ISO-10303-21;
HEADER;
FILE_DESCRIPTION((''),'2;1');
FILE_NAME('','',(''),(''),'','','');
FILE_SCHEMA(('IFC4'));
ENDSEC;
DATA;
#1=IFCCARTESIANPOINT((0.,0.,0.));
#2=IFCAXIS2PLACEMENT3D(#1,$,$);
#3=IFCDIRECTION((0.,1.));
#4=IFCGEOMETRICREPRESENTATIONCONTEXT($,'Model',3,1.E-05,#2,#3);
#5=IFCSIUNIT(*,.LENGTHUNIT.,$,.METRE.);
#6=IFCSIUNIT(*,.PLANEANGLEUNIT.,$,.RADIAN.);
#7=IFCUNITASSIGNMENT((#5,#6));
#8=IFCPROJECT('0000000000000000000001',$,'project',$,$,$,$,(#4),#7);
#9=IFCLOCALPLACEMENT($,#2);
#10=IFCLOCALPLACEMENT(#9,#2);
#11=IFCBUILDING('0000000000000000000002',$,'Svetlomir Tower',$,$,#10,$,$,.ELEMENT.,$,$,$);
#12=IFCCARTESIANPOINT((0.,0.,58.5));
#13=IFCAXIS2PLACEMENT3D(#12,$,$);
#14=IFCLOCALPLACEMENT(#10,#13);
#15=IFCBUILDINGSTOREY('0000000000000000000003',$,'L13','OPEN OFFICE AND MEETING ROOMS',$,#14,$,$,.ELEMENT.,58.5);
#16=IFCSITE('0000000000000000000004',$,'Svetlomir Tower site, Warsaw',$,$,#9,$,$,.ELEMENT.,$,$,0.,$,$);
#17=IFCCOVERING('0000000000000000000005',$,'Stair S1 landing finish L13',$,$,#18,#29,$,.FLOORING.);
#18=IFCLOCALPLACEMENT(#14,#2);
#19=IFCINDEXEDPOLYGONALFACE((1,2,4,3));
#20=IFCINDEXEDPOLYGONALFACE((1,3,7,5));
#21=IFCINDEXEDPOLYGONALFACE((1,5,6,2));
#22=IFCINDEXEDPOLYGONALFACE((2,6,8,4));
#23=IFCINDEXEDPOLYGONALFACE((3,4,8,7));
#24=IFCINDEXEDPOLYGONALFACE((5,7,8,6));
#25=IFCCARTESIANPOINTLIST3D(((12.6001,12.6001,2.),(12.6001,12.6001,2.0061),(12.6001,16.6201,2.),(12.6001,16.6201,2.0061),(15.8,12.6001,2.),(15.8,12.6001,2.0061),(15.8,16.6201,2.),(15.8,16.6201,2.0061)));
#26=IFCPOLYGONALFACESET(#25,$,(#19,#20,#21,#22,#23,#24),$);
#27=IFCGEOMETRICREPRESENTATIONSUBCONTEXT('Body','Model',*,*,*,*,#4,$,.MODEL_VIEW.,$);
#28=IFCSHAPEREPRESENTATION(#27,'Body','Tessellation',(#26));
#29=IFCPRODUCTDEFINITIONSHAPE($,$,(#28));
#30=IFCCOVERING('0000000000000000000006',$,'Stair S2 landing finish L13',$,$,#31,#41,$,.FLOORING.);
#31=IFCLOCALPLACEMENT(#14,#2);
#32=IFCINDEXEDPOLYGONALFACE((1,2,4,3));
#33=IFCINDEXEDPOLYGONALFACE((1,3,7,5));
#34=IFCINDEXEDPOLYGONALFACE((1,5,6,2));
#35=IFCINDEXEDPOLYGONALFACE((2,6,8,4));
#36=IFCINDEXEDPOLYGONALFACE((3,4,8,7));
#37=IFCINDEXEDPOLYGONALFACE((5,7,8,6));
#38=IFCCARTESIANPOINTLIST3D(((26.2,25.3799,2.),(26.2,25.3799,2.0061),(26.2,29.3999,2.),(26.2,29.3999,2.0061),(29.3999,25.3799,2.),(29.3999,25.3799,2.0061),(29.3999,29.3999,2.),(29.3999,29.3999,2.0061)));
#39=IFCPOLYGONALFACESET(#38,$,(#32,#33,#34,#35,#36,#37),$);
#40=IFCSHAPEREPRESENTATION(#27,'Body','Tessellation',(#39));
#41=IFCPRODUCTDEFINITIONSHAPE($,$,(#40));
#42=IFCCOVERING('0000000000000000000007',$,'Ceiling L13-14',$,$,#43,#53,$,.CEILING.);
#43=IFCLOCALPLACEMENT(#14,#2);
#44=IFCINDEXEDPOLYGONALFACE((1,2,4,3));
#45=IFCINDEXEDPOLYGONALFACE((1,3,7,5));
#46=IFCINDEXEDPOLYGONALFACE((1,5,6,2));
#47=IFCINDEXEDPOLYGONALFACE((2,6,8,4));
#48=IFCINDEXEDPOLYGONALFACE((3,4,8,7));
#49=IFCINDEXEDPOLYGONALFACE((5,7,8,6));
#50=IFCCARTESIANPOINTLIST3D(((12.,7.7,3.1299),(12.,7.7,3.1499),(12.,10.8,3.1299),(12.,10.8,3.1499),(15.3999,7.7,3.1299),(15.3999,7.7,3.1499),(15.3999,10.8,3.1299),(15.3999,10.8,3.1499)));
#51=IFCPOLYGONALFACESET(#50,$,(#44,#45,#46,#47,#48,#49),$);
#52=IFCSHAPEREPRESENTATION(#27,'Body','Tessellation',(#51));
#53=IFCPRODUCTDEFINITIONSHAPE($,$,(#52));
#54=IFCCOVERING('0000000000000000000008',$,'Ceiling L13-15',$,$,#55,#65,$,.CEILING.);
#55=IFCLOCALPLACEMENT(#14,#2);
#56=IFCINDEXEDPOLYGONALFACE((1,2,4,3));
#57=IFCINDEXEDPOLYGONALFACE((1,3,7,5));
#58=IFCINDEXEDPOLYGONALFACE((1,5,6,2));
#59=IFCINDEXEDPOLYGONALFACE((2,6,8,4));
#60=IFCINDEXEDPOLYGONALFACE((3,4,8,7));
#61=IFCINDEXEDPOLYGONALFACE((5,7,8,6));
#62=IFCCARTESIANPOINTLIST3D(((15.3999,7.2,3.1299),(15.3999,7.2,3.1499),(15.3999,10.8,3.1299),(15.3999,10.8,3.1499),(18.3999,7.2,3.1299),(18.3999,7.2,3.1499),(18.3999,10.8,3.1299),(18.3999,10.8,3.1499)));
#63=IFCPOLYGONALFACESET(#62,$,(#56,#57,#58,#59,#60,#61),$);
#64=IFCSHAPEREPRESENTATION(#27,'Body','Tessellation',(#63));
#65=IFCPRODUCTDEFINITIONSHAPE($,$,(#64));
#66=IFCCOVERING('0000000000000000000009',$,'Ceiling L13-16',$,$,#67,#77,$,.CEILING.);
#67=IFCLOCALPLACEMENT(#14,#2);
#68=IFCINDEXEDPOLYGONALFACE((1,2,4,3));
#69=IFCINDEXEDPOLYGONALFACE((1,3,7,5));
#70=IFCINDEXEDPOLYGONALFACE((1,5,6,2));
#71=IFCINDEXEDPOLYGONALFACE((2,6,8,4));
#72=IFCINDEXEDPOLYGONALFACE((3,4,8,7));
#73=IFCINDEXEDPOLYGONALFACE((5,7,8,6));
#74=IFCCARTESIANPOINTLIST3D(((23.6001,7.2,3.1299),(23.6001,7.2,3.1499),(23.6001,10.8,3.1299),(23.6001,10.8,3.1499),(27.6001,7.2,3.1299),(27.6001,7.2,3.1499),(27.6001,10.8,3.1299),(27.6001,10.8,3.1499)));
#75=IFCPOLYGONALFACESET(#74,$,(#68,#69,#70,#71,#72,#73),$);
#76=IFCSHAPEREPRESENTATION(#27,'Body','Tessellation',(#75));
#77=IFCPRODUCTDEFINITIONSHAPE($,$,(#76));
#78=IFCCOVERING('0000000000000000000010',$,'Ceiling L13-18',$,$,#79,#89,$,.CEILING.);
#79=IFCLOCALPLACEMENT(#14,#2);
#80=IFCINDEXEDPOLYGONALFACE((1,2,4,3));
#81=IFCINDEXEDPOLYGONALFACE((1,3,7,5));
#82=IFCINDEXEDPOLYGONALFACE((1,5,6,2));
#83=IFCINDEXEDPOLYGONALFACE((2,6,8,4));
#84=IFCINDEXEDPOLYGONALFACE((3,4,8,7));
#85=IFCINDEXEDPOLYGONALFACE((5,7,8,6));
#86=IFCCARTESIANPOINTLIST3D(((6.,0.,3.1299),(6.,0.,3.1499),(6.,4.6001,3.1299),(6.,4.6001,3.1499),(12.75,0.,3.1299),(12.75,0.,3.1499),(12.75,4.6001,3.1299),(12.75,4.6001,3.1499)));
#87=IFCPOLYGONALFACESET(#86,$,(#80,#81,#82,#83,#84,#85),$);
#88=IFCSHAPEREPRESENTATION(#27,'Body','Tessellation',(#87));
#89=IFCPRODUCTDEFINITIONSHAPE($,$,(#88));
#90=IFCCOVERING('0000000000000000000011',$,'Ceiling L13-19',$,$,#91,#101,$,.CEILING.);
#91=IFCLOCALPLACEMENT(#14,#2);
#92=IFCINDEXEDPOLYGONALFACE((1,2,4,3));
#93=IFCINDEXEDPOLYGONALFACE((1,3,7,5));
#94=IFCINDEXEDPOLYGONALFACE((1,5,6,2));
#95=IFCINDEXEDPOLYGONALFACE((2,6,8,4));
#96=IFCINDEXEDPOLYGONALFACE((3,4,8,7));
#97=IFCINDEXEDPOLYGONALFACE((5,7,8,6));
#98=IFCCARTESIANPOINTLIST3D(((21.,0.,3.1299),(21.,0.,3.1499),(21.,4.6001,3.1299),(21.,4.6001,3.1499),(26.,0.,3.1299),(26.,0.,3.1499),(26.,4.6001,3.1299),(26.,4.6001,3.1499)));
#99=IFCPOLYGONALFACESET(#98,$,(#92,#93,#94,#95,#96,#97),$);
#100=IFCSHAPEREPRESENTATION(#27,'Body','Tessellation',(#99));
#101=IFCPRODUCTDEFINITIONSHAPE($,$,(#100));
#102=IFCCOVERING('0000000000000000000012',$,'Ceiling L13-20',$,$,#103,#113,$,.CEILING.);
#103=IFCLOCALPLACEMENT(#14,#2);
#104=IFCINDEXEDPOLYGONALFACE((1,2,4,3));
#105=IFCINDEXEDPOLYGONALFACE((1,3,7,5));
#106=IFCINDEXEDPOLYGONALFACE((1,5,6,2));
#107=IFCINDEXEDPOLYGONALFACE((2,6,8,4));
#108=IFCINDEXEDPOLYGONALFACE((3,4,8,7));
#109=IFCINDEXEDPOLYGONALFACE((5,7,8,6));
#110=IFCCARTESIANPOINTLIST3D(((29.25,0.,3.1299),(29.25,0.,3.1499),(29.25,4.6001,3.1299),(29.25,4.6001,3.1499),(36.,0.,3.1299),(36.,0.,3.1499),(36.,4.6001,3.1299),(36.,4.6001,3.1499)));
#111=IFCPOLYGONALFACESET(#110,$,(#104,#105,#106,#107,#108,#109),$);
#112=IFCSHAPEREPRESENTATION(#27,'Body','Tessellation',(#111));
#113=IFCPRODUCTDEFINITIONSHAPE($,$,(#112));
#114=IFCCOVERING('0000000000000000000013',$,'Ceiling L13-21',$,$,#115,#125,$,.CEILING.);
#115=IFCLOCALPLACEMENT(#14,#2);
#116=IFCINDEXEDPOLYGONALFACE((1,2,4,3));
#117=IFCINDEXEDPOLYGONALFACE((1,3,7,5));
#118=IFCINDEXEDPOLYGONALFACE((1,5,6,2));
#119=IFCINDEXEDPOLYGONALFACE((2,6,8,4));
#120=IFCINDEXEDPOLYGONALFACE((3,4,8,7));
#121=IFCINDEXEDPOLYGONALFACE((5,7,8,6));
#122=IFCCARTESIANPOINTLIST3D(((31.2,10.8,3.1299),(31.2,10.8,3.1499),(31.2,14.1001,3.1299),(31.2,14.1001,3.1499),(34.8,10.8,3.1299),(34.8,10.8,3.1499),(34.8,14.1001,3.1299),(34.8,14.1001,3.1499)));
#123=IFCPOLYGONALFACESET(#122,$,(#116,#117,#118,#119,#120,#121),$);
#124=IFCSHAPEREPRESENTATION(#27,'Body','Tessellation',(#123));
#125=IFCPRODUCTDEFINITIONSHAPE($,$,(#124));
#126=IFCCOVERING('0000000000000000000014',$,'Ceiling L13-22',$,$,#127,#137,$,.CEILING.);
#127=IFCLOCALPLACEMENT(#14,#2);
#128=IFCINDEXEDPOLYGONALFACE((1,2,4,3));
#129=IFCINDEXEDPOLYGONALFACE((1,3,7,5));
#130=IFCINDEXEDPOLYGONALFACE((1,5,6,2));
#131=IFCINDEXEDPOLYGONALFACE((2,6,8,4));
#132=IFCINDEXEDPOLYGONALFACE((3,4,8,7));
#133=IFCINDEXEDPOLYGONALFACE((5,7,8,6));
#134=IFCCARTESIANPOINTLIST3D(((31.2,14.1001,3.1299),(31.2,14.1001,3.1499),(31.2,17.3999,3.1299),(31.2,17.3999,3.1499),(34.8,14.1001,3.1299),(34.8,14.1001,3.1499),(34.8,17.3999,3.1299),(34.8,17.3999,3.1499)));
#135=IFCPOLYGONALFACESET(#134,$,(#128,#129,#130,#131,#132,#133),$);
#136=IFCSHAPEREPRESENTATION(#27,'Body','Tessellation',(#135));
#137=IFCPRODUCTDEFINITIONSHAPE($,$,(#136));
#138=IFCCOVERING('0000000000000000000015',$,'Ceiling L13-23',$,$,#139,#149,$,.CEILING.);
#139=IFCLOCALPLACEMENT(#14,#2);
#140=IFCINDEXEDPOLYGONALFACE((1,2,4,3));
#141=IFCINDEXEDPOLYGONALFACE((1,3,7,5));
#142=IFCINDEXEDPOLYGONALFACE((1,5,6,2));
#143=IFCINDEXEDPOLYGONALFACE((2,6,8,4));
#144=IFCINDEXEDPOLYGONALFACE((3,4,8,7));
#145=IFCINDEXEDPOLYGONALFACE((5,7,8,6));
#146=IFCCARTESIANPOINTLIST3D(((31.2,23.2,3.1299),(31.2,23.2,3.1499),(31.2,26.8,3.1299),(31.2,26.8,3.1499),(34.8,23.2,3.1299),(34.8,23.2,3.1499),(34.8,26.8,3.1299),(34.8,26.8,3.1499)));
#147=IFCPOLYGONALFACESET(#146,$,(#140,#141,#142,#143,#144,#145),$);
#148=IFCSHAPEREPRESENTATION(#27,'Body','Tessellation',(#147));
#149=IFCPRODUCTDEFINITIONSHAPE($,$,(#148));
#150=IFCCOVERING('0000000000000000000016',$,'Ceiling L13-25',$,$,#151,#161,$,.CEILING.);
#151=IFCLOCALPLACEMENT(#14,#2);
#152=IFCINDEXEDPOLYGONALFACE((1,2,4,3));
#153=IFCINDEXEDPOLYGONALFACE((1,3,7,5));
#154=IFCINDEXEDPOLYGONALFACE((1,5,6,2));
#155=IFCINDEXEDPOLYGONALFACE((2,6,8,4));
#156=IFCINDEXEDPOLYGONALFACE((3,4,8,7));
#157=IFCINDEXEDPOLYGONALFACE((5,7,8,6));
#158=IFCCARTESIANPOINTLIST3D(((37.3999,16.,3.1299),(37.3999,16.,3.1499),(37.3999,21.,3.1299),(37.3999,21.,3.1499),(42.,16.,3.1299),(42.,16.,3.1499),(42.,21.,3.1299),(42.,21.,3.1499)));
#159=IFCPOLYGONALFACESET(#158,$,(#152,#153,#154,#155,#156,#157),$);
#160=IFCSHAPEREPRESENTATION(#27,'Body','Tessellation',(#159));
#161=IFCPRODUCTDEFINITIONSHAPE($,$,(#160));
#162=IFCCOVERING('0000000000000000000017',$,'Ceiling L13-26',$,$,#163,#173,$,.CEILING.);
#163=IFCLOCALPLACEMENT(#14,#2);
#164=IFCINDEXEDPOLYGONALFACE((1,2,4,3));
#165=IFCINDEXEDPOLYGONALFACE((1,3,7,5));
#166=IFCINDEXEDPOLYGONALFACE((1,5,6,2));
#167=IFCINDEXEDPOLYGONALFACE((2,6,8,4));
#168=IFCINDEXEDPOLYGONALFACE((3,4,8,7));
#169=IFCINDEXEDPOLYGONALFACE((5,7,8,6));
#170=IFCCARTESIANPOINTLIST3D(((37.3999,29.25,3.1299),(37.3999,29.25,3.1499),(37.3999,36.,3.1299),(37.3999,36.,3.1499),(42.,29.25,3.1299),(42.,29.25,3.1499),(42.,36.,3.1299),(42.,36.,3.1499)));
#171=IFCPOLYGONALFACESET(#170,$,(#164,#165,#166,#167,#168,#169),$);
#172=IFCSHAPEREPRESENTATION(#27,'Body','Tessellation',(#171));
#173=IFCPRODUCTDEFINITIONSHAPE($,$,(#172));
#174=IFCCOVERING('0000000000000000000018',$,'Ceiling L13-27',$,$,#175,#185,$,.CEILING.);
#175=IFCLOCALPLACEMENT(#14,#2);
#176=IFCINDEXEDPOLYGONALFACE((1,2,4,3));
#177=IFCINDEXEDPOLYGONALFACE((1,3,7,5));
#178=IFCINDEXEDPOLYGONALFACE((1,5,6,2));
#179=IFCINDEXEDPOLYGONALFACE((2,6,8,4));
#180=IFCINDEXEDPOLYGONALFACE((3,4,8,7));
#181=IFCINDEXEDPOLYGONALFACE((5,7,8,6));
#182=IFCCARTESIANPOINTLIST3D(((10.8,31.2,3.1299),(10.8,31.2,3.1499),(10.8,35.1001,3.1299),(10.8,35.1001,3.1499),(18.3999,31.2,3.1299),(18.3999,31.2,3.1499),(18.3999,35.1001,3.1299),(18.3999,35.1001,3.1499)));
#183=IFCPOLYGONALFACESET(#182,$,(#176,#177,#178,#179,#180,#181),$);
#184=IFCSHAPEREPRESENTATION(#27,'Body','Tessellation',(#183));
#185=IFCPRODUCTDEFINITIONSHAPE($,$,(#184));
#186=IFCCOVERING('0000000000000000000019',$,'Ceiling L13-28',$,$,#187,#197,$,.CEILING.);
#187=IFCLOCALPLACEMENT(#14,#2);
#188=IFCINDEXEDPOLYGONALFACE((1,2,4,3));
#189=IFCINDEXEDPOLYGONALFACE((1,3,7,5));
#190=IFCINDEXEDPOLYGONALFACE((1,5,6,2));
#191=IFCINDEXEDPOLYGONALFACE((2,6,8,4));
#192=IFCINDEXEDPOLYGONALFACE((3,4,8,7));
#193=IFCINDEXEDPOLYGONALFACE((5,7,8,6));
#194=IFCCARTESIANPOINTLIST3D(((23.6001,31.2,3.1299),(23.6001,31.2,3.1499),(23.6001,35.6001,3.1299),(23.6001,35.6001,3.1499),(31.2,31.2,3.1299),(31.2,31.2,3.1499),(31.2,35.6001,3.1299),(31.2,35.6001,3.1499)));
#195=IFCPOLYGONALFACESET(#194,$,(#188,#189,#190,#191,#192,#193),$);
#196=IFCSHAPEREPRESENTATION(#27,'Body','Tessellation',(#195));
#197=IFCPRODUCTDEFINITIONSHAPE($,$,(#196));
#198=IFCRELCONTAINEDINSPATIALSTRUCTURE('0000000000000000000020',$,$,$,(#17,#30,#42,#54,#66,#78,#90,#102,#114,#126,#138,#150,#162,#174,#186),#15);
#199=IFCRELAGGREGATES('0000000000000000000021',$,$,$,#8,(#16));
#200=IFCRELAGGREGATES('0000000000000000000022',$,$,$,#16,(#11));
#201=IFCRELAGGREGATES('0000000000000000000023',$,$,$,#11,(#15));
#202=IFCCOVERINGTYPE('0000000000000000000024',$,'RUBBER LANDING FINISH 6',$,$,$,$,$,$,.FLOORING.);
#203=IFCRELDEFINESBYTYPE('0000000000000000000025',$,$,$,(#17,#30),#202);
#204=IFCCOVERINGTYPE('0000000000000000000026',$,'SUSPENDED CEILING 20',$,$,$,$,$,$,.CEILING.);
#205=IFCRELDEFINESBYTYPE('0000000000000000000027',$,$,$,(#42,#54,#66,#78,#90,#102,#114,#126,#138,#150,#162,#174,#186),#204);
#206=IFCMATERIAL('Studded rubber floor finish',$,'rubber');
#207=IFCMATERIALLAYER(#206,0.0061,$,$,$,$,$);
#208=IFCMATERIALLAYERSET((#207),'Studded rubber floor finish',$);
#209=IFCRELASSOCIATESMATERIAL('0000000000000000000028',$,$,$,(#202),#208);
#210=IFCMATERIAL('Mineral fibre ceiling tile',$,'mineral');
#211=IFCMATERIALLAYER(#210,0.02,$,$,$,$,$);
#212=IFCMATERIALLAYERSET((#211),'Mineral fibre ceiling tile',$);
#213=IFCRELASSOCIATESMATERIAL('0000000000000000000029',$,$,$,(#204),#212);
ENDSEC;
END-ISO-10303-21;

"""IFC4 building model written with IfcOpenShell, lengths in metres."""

from ifc_helpers import new_model, si_unit, direction, frame, origin, place, context, subcontext, project, spatial, polyline, outline, extrude, material, layer, layer_set, type_object, element, save


model = new_model("IFC4")

# Units and contexts
model_context = context("Model", 3, precision=1e-05, world=origin(), true_north=direction((0.0, 1.0)))
body_context = subcontext(model_context, "Body", "Model", "MODEL_VIEW")
ifc_project = project(units=[si_unit("LENGTHUNIT", "METRE"), si_unit("PLANEANGLEUNIT", "RADIAN")], contexts=[model_context])

# Site, building, storey
site_placement = place(None, origin())
site = spatial("IfcSite", under=ifc_project, at=site_placement, Name="Svetlomir Tower site, Warsaw", CompositionType="ELEMENT", RefElevation=0.0)
building_placement = place(site_placement, origin())
building = spatial("IfcBuilding", under=site, at=building_placement, Name="Svetlomir Tower", CompositionType="ELEMENT")
storey_placement = place(building_placement, frame((0.0, 0.0, 58.5)))
storey = spatial("IfcBuildingStorey", under=building, at=storey_placement, Name="L13", Description="OPEN OFFICE AND MEETING ROOMS", CompositionType="ELEMENT", Elevation=58.5)

# Coverings
ifc_material_1 = material(Name="Studded rubber floor finish", Category="rubber")
ifc_layer_1 = layer(ifc_material_1, 0.0061)
ifc_layer_set_1 = layer_set([ifc_layer_1], Name="Studded rubber floor finish")
covering_type_1 = type_object("IfcCoveringType", Name="RUBBER LANDING FINISH 6", PredefinedType="FLOORING", material=ifc_layer_set_1)
covering_1_placement = place(storey_placement, frame((0.0, 0.0, 2.0)))
element("IfcCovering", 1, at=covering_1_placement, inside=storey, type_object=covering_type_1, Name="Stair S1 landing finish L13", PredefinedType="FLOORING", context=body_context, shape_type="SweptSolid", body=[
    extrude(outline(polyline([(12.6001, 12.6001), (15.8, 12.6001), (15.8, 16.6201), (12.6001, 16.6201), (12.6001, 12.6001)])), origin(), (0.0, 0.0, 1.0), 0.0061),
])
covering_2_placement = place(storey_placement, frame((0.0, 0.0, 2.0)))
element("IfcCovering", 2, at=covering_2_placement, inside=storey, type_object=covering_type_1, Name="Stair S2 landing finish L13", PredefinedType="FLOORING", context=body_context, shape_type="SweptSolid", body=[
    extrude(outline(polyline([(26.2, 25.3799), (29.3999, 25.3799), (29.3999, 29.3999), (26.2, 29.3999), (26.2, 25.3799)])), origin(), (0.0, 0.0, 1.0), 0.0061),
])
ifc_material_2 = material(Name="Mineral fibre ceiling tile", Category="mineral")
ifc_layer_2 = layer(ifc_material_2, 0.02)
ifc_layer_set_2 = layer_set([ifc_layer_2], Name="Mineral fibre ceiling tile")
covering_type_2 = type_object("IfcCoveringType", Name="SUSPENDED CEILING 20", PredefinedType="CEILING", material=ifc_layer_set_2)
covering_3_placement = place(storey_placement, frame((0.0, 0.0, 3.1299)))
element("IfcCovering", 3, at=covering_3_placement, inside=storey, type_object=covering_type_2, Name="Ceiling L13-14", PredefinedType="CEILING", context=body_context, shape_type="SweptSolid", body=[
    extrude(outline(polyline([(12.0, 7.7), (15.3999, 7.7), (15.3999, 10.8), (12.0, 10.8), (12.0, 7.7)])), origin(), (0.0, 0.0, 1.0), 0.02),
])
covering_4_placement = place(storey_placement, frame((0.0, 0.0, 3.1299)))
element("IfcCovering", 4, at=covering_4_placement, inside=storey, type_object=covering_type_2, Name="Ceiling L13-15", PredefinedType="CEILING", context=body_context, shape_type="SweptSolid", body=[
    extrude(outline(polyline([(15.3999, 7.2), (18.3999, 7.2), (18.3999, 10.8), (15.3999, 10.8), (15.3999, 7.2)])), origin(), (0.0, 0.0, 1.0), 0.02),
])
covering_5_placement = place(storey_placement, frame((0.0, 0.0, 3.1299)))
element("IfcCovering", 5, at=covering_5_placement, inside=storey, type_object=covering_type_2, Name="Ceiling L13-16", PredefinedType="CEILING", context=body_context, shape_type="SweptSolid", body=[
    extrude(outline(polyline([(23.6001, 7.2), (27.6001, 7.2), (27.6001, 10.8), (23.6001, 10.8), (23.6001, 7.2)])), origin(), (0.0, 0.0, 1.0), 0.02),
])
covering_6_placement = place(storey_placement, frame((0.0, 0.0, 3.1299)))
element("IfcCovering", 6, at=covering_6_placement, inside=storey, type_object=covering_type_2, Name="Ceiling L13-18", PredefinedType="CEILING", context=body_context, shape_type="SweptSolid", body=[
    extrude(outline(polyline([(6.0, 0.0), (12.75, 0.0), (12.75, 4.6001), (6.0, 4.6001), (6.0, 0.0)])), origin(), (0.0, 0.0, 1.0), 0.02),
])
covering_7_placement = place(storey_placement, frame((0.0, 0.0, 3.1299)))
element("IfcCovering", 7, at=covering_7_placement, inside=storey, type_object=covering_type_2, Name="Ceiling L13-19", PredefinedType="CEILING", context=body_context, shape_type="SweptSolid", body=[
    extrude(outline(polyline([(21.0, 0.0), (26.0, 0.0), (26.0, 4.6001), (21.0, 4.6001), (21.0, 0.0)])), origin(), (0.0, 0.0, 1.0), 0.02),
])
covering_8_placement = place(storey_placement, frame((0.0, 0.0, 3.1299)))
element("IfcCovering", 8, at=covering_8_placement, inside=storey, type_object=covering_type_2, Name="Ceiling L13-20", PredefinedType="CEILING", context=body_context, shape_type="SweptSolid", body=[
    extrude(outline(polyline([(29.25, 0.0), (36.0, 0.0), (36.0, 4.6001), (29.25, 4.6001), (29.25, 0.0)])), origin(), (0.0, 0.0, 1.0), 0.02),
])
covering_9_placement = place(storey_placement, frame((0.0, 0.0, 3.1299)))
element("IfcCovering", 9, at=covering_9_placement, inside=storey, type_object=covering_type_2, Name="Ceiling L13-21", PredefinedType="CEILING", context=body_context, shape_type="SweptSolid", body=[
    extrude(outline(polyline([(31.2, 10.8), (34.8, 10.8), (34.8, 14.1001), (31.2, 14.1001), (31.2, 10.8)])), origin(), (0.0, 0.0, 1.0), 0.02),
])
covering_10_placement = place(storey_placement, frame((0.0, 0.0, 3.1299)))
element("IfcCovering", 10, at=covering_10_placement, inside=storey, type_object=covering_type_2, Name="Ceiling L13-22", PredefinedType="CEILING", context=body_context, shape_type="SweptSolid", body=[
    extrude(outline(polyline([(31.2, 14.1001), (34.8, 14.1001), (34.8, 17.3999), (31.2, 17.3999), (31.2, 14.1001)])), origin(), (0.0, 0.0, 1.0), 0.02),
])
covering_11_placement = place(storey_placement, frame((0.0, 0.0, 3.1299)))
element("IfcCovering", 11, at=covering_11_placement, inside=storey, type_object=covering_type_2, Name="Ceiling L13-23", PredefinedType="CEILING", context=body_context, shape_type="SweptSolid", body=[
    extrude(outline(polyline([(31.2, 23.2), (34.8, 23.2), (34.8, 26.8), (31.2, 26.8), (31.2, 23.2)])), origin(), (0.0, 0.0, 1.0), 0.02),
])
covering_12_placement = place(storey_placement, frame((0.0, 0.0, 3.1299)))
element("IfcCovering", 12, at=covering_12_placement, inside=storey, type_object=covering_type_2, Name="Ceiling L13-25", PredefinedType="CEILING", context=body_context, shape_type="SweptSolid", body=[
    extrude(outline(polyline([(37.3999, 16.0), (42.0, 16.0), (42.0, 21.0), (37.3999, 21.0), (37.3999, 16.0)])), origin(), (0.0, 0.0, 1.0), 0.02),
])
covering_13_placement = place(storey_placement, frame((0.0, 0.0, 3.1299)))
element("IfcCovering", 13, at=covering_13_placement, inside=storey, type_object=covering_type_2, Name="Ceiling L13-26", PredefinedType="CEILING", context=body_context, shape_type="SweptSolid", body=[
    extrude(outline(polyline([(37.3999, 29.25), (42.0, 29.25), (42.0, 36.0), (37.3999, 36.0), (37.3999, 29.25)])), origin(), (0.0, 0.0, 1.0), 0.02),
])
covering_14_placement = place(storey_placement, frame((0.0, 0.0, 3.1299)))
element("IfcCovering", 14, at=covering_14_placement, inside=storey, type_object=covering_type_2, Name="Ceiling L13-27", PredefinedType="CEILING", context=body_context, shape_type="SweptSolid", body=[
    extrude(outline(polyline([(10.8, 31.2), (18.3999, 31.2), (18.3999, 35.1001), (10.8, 35.1001), (10.8, 31.2)])), origin(), (0.0, 0.0, 1.0), 0.02),
])
covering_15_placement = place(storey_placement, frame((0.0, 0.0, 3.1299)))
element("IfcCovering", 15, at=covering_15_placement, inside=storey, type_object=covering_type_2, Name="Ceiling L13-28", PredefinedType="CEILING", context=body_context, shape_type="SweptSolid", body=[
    extrude(outline(polyline([(23.6001, 31.2), (31.2, 31.2), (31.2, 35.6001), (23.6001, 35.6001), (23.6001, 31.2)])), origin(), (0.0, 0.0, 1.0), 0.02),
])

save(model, "model.ifc")
